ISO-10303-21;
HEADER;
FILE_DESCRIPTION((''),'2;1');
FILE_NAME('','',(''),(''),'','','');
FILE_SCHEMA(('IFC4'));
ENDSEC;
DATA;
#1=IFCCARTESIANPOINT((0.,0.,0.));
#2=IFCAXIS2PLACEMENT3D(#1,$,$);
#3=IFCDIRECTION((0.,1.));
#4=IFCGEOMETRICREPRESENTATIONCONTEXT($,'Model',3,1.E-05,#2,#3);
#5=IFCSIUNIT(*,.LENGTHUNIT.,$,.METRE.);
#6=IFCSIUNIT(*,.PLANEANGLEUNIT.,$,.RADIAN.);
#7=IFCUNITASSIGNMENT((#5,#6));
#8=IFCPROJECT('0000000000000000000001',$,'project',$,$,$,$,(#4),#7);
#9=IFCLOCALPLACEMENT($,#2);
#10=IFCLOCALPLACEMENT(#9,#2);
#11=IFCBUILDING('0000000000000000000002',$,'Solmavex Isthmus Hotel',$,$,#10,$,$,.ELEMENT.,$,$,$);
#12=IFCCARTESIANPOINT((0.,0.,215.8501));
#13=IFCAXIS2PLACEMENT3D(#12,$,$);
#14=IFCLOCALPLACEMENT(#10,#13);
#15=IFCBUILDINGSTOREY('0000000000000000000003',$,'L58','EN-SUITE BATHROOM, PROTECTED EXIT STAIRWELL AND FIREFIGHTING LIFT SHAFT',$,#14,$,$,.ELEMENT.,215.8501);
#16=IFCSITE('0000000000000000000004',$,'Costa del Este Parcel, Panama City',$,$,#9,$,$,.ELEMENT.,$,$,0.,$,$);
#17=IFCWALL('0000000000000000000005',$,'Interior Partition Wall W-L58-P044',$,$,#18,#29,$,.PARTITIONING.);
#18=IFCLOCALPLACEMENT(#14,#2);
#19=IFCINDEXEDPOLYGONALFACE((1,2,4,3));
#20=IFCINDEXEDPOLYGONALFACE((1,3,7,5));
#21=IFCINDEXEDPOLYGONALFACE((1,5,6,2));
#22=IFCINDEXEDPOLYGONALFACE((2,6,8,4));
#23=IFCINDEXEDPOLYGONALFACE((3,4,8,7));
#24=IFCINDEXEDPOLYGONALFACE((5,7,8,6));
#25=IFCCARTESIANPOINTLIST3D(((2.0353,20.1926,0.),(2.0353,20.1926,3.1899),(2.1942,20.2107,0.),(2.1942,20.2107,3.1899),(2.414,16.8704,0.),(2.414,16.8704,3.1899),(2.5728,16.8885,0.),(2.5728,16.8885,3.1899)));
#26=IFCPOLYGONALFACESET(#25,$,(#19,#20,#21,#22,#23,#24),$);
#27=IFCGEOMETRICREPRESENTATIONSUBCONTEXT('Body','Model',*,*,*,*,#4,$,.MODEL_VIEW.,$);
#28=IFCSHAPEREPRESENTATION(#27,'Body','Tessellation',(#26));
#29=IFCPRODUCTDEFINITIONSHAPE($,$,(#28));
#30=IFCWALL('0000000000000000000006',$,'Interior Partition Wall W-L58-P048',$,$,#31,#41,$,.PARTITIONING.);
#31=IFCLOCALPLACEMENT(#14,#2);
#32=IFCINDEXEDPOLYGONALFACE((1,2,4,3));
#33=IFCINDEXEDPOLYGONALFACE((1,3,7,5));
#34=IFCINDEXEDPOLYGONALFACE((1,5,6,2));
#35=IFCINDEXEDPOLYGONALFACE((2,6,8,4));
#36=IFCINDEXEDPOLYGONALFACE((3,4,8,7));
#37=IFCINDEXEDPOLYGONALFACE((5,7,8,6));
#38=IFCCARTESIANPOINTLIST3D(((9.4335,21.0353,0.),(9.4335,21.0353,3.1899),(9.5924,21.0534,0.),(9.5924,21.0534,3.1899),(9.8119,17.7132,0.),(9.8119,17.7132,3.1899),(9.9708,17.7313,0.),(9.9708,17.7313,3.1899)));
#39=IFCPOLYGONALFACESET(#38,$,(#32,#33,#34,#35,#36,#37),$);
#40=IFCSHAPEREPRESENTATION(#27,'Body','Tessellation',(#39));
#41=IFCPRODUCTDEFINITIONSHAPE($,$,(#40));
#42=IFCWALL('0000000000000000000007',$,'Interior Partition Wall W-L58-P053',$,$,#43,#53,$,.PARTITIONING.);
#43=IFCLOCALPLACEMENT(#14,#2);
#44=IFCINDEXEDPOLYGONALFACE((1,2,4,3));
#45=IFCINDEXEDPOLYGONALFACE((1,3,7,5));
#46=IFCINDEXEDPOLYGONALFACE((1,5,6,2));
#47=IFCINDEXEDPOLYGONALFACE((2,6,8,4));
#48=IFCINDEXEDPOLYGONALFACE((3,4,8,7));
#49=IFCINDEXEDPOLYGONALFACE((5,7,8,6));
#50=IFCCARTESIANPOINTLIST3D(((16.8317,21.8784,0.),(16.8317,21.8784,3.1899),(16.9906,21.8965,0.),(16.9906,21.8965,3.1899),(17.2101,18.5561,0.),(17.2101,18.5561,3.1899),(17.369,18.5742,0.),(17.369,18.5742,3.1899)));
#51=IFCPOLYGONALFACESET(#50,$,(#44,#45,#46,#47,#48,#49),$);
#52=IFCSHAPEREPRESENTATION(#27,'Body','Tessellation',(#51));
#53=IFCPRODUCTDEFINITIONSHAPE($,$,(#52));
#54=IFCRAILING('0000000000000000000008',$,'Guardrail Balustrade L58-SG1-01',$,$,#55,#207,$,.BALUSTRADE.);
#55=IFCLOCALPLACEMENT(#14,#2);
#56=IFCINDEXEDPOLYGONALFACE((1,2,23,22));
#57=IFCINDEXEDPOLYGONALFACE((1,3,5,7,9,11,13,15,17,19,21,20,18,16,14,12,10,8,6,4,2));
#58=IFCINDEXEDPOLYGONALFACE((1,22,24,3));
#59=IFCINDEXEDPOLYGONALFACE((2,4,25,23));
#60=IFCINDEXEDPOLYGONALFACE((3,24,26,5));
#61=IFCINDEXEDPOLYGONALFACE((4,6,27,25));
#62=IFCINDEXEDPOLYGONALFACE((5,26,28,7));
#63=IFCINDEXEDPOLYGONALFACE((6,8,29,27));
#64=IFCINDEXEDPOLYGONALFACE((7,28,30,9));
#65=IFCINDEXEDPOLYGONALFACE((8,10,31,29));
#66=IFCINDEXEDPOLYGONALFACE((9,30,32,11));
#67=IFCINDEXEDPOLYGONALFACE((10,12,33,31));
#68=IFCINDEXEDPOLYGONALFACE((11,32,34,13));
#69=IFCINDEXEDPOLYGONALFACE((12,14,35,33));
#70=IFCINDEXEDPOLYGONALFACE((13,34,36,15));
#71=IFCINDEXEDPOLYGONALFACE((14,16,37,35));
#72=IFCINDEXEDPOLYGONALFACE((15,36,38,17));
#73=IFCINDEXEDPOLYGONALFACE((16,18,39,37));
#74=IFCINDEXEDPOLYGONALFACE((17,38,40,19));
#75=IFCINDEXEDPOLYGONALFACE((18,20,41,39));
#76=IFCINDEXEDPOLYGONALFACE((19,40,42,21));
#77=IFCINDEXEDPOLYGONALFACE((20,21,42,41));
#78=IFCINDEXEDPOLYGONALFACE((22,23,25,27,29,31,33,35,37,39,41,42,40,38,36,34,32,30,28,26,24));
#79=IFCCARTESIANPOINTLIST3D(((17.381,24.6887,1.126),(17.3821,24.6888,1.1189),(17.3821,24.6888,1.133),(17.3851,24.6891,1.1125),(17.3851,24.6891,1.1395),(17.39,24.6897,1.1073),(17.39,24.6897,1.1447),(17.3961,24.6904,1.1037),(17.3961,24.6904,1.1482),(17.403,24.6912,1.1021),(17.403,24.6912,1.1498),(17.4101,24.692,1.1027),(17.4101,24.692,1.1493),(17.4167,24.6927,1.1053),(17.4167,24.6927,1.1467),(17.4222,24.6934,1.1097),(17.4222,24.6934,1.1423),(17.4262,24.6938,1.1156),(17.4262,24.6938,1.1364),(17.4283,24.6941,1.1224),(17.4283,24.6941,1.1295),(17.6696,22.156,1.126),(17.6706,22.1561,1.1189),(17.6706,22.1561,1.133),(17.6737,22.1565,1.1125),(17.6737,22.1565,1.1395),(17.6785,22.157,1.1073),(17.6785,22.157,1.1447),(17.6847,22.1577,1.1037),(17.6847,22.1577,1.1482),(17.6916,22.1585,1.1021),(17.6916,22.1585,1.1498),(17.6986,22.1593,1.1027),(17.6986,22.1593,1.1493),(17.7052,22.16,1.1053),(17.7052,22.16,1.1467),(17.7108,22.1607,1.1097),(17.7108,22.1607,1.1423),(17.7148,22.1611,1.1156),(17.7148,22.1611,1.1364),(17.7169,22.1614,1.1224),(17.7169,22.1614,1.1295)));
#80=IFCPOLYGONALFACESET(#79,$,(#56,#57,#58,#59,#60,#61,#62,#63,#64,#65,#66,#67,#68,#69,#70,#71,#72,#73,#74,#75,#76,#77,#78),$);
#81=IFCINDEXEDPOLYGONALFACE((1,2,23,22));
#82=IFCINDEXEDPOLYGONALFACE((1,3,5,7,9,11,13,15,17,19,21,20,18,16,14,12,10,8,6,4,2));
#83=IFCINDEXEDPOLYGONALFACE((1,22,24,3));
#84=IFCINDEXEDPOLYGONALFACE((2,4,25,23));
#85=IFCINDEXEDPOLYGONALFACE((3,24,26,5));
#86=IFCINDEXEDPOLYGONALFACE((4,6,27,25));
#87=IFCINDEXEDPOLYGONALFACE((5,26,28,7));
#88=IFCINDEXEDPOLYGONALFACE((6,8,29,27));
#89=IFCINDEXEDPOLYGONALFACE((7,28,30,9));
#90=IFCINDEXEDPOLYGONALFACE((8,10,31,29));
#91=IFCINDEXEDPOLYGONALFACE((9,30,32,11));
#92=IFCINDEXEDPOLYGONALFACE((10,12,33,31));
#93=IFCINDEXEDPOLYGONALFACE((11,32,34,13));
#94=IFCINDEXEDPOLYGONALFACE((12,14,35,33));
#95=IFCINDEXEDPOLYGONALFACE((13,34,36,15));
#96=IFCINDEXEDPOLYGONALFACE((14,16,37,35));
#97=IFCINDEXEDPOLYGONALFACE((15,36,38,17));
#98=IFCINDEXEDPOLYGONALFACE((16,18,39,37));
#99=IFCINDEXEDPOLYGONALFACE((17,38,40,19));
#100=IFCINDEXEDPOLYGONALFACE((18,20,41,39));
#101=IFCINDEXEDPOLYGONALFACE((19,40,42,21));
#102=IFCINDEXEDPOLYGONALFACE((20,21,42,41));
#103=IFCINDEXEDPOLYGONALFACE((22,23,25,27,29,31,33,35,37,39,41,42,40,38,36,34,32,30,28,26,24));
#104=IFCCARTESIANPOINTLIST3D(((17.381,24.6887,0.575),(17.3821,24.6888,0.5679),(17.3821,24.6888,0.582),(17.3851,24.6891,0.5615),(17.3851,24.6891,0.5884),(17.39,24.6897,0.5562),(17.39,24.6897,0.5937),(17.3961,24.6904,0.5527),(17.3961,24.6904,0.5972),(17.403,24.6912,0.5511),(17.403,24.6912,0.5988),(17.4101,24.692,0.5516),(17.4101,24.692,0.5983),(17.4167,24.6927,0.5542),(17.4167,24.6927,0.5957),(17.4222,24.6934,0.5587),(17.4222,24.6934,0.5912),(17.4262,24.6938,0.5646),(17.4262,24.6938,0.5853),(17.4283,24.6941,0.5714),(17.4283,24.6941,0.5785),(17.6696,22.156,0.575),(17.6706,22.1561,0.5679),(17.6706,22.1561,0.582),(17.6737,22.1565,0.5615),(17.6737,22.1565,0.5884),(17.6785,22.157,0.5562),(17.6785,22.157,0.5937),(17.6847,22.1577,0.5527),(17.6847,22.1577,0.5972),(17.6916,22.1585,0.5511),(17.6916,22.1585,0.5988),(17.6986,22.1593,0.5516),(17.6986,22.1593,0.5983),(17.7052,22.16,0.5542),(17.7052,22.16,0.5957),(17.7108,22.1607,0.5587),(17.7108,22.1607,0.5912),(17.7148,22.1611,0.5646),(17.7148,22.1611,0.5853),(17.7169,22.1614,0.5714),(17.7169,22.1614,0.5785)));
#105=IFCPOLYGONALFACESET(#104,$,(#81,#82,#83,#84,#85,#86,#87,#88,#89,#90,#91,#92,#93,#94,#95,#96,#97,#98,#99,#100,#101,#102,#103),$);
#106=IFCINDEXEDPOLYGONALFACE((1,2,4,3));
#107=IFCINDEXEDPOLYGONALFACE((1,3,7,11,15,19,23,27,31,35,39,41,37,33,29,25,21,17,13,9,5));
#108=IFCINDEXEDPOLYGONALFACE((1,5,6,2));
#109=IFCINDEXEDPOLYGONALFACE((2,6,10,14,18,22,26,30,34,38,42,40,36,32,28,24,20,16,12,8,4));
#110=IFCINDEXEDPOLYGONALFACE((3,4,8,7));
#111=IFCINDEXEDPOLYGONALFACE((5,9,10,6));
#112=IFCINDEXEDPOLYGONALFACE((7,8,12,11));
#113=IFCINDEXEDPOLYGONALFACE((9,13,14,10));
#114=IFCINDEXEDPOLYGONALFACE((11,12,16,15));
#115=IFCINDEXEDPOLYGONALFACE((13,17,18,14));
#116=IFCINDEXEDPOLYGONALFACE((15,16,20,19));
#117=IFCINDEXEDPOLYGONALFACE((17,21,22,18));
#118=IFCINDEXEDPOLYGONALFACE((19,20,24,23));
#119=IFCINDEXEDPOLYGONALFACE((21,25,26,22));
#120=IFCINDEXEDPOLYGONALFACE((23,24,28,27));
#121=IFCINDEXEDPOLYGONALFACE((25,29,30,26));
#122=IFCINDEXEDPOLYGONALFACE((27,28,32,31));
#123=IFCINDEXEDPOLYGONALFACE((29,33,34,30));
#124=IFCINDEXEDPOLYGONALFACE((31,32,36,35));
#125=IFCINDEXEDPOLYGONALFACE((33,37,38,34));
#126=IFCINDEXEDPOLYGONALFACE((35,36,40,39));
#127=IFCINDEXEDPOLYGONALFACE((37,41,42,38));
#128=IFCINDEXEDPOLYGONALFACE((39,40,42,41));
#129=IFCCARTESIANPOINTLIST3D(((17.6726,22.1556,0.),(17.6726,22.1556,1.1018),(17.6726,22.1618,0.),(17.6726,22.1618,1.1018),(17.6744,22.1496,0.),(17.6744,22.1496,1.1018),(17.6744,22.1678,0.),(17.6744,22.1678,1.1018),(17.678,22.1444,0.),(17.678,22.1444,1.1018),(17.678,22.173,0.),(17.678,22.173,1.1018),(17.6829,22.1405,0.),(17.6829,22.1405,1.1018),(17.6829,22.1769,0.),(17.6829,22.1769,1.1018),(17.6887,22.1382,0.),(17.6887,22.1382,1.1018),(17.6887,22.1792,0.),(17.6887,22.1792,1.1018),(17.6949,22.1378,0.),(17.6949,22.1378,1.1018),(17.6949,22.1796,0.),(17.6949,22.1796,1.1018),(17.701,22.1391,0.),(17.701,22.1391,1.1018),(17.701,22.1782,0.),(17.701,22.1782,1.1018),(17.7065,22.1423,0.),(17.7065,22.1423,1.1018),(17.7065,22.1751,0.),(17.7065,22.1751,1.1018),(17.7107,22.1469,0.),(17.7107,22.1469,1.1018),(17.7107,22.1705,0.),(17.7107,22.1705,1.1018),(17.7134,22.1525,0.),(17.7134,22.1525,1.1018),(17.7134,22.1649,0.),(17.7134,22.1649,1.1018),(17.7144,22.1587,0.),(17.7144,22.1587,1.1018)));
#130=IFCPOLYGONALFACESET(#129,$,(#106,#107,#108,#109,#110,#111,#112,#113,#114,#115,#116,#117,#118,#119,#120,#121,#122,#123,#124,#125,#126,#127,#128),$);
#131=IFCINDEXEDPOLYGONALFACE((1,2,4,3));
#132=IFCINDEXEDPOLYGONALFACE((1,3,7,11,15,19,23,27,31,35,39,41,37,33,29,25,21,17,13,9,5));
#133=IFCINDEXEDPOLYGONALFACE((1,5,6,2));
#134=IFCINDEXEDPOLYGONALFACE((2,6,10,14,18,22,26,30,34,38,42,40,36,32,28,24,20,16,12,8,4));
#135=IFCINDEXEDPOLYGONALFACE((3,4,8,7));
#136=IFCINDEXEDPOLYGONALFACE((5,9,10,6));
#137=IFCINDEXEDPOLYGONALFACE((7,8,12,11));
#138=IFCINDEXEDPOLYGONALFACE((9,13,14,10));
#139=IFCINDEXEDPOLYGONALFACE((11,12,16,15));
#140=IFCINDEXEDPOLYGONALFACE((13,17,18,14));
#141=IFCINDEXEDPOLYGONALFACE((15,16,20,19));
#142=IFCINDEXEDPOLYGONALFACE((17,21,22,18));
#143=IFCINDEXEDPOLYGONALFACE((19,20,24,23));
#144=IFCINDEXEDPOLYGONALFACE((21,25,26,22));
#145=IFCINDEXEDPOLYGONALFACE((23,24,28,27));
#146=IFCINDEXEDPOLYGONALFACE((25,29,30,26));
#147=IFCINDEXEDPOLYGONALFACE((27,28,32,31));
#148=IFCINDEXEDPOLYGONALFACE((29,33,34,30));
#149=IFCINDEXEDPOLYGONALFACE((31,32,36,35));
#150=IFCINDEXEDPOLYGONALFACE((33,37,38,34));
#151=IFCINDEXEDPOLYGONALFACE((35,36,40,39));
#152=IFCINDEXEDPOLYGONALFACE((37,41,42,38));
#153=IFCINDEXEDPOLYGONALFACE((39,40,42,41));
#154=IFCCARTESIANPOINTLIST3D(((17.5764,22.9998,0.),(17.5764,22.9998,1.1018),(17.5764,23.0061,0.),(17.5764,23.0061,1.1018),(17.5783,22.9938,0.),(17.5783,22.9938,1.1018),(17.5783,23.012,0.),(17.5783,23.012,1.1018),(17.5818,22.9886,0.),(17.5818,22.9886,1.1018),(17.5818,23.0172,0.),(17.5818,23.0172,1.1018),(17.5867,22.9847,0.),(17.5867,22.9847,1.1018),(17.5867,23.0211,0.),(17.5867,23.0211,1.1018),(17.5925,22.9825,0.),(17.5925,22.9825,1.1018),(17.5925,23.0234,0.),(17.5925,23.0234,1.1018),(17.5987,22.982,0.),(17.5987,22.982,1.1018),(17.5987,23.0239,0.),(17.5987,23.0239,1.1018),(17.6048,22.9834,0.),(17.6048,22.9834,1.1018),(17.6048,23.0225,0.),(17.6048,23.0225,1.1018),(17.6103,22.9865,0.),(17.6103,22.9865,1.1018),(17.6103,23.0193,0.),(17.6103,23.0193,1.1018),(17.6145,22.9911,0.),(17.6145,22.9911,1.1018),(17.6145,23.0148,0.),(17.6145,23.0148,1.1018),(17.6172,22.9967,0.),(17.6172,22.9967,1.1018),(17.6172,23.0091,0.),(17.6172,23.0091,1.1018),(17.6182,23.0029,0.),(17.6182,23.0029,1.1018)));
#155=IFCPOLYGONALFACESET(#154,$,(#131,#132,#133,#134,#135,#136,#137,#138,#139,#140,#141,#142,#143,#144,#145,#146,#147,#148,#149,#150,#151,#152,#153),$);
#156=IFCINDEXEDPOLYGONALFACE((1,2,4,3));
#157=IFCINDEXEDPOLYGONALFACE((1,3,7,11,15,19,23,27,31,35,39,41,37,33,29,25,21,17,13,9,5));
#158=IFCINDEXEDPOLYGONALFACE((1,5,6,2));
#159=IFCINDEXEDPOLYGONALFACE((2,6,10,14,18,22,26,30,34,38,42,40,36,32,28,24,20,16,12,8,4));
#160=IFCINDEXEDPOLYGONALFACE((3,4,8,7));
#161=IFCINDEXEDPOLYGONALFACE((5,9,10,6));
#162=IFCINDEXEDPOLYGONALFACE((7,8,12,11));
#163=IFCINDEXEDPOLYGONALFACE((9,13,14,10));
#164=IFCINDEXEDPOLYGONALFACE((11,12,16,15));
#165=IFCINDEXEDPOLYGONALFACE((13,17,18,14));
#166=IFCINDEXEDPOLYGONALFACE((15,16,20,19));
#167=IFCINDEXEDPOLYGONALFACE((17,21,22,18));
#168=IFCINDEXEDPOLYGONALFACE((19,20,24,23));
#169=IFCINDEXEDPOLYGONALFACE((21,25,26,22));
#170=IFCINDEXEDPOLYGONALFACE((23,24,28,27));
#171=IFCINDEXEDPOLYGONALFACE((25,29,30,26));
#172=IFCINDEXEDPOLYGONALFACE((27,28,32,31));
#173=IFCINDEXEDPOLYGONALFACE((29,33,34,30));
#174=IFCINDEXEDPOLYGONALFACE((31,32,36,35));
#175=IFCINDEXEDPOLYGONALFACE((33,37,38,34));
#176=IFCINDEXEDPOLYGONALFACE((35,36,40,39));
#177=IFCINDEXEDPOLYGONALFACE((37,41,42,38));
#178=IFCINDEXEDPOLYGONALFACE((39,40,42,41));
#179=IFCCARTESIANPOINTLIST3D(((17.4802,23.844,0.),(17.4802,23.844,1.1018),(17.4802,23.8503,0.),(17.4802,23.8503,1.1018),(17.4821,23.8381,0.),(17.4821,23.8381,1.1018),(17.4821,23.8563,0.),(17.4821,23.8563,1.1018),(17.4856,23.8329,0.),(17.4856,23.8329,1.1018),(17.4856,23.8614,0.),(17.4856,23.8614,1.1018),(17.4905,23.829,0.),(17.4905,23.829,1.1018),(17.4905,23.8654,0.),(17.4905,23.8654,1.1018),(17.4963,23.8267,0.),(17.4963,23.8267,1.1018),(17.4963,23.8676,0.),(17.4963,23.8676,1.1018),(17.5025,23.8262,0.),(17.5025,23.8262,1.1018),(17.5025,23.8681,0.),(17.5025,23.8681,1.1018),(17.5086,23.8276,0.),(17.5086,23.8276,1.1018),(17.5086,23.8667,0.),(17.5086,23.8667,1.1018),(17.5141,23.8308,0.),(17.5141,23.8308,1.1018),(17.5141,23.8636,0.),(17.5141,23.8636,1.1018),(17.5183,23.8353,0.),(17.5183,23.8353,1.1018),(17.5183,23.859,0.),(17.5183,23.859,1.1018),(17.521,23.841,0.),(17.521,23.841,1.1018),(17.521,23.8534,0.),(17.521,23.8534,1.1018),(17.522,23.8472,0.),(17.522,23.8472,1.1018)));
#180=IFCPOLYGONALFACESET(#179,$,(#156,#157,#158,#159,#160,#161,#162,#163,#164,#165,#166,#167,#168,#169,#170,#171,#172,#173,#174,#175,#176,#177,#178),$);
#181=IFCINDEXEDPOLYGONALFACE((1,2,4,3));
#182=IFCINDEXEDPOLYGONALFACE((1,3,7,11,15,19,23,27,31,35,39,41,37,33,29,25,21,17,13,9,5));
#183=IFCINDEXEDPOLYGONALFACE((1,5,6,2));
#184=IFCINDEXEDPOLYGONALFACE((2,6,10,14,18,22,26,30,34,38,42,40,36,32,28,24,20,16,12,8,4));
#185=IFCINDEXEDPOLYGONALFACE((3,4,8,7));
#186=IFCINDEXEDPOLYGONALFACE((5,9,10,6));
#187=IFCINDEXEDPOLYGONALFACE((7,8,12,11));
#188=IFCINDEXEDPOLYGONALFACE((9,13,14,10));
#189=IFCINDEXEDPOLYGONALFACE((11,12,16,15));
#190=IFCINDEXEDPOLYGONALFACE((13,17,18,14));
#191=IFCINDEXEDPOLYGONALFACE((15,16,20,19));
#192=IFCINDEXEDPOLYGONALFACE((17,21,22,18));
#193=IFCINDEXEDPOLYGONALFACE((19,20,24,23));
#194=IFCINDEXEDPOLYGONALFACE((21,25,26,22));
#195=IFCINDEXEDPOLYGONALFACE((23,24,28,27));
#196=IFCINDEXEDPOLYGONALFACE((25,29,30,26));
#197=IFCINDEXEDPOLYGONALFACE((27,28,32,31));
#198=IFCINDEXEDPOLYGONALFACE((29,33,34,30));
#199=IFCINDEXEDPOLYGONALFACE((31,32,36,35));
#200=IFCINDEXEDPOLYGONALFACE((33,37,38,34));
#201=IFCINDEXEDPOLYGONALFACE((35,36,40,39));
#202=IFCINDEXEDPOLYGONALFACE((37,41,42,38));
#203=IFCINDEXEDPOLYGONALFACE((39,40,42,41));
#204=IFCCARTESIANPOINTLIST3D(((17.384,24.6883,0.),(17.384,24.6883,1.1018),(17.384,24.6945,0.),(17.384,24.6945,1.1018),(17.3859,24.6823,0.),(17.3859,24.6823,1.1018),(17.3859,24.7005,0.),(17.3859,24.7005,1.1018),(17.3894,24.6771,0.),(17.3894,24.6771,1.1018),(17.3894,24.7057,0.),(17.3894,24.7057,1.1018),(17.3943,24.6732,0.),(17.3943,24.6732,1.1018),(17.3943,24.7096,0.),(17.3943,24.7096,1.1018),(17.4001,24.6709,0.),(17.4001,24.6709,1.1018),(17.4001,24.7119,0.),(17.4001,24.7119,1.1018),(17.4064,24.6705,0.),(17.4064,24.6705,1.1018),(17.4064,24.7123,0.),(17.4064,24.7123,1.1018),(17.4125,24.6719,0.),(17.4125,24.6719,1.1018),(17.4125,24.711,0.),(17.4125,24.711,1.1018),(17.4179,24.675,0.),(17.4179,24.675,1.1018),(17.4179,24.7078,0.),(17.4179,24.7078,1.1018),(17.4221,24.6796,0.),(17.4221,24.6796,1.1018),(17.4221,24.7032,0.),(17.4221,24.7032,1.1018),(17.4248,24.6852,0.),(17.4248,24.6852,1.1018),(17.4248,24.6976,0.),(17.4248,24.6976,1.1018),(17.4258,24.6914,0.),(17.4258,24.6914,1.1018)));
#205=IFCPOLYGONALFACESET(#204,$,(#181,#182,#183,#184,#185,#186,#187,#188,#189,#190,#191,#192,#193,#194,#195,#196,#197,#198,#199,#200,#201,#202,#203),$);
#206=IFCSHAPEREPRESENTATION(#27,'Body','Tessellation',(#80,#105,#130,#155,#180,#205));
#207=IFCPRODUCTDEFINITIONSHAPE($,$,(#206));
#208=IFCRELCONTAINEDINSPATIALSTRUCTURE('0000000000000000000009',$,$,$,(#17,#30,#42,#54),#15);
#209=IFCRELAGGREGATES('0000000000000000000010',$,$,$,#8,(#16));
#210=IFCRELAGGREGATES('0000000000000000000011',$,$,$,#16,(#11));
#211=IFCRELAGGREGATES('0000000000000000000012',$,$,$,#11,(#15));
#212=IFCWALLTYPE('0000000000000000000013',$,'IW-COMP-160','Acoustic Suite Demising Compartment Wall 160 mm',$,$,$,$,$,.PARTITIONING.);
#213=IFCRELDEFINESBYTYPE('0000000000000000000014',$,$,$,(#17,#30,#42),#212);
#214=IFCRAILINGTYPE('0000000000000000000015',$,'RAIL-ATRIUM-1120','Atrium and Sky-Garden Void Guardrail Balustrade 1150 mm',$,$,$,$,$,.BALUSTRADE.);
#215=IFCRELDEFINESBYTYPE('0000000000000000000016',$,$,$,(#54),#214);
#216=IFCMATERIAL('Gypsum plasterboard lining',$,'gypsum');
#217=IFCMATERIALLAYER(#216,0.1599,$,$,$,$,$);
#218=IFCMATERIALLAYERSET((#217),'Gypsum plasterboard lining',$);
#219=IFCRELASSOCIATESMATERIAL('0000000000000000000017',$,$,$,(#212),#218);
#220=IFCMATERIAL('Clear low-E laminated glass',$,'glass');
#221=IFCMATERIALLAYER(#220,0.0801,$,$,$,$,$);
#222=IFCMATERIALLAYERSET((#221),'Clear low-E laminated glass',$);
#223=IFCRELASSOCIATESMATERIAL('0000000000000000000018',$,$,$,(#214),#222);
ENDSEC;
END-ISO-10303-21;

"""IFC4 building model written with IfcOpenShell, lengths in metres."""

from ifc_helpers import new_model, si_unit, direction, frame, frame_2d, origin, origin_2d, place, context, subcontext, project, spatial, rectangle, circle, extrude, material, layer, layer_set, type_object, element, save


model = new_model("IFC4")

# Units and contexts
model_context = context("Model", 3, precision=1e-05, world=origin(), true_north=direction((0.0, 1.0)))
body_context = subcontext(model_context, "Body", "Model", "MODEL_VIEW")
ifc_project = project(units=[si_unit("LENGTHUNIT", "METRE"), si_unit("PLANEANGLEUNIT", "RADIAN")], contexts=[model_context])

# Site, building, storey
site_placement = place(None, origin())
site = spatial("IfcSite", under=ifc_project, at=site_placement, Name="Costa del Este Parcel, Panama City", CompositionType="ELEMENT", RefElevation=0.0)
building_placement = place(site_placement, origin())
building = spatial("IfcBuilding", under=site, at=building_placement, Name="Solmavex Isthmus Hotel", CompositionType="ELEMENT")
storey_placement = place(building_placement, frame((0.0, 0.0, 215.8501)))
storey = spatial("IfcBuildingStorey", under=building, at=storey_placement, Name="L58", Description="EN-SUITE BATHROOM, PROTECTED EXIT STAIRWELL AND FIREFIGHTING LIFT SHAFT", CompositionType="ELEMENT", Elevation=215.8501)

# Shared definitions
ifc_material_1 = material(Name="Clear low-E laminated glass", Category="glass")

# Walls
ifc_material_2 = material(Name="Gypsum plasterboard lining", Category="gypsum")
ifc_layer_1 = layer(ifc_material_2, 0.1599)
ifc_layer_set_1 = layer_set([ifc_layer_1], Name="Gypsum plasterboard lining")
wall_type_1 = type_object("IfcWallType", Name="IW-COMP-160", Description="Acoustic Suite Demising Compartment Wall 160 mm", PredefinedType="PARTITIONING", material=ifc_layer_set_1)
wall_1_placement = place(storey_placement, frame((2.1147, 20.2017, 0.0), z_axis=(0.0, 0.0, 1.0), x_axis=(0.113244, -0.993567, 0.0)))
element("IfcWall", 1, at=wall_1_placement, inside=storey, type_object=wall_type_1, Name="Interior Partition Wall W-L58-P044", PredefinedType="PARTITIONING", context=body_context, shape_type="SweptSolid", body=[
    extrude(rectangle(XDim=3.3438, YDim=0.1599, at=frame_2d((1.6719, 0.0))), origin(), (0.0, 0.0, 1.0), 3.1899),
])
wall_2_placement = place(storey_placement, frame((9.5129, 21.0444, 0.0), z_axis=(0.0, 0.0, 1.0), x_axis=(0.11318, -0.993574, 0.0)))
element("IfcWall", 2, at=wall_2_placement, inside=storey, type_object=wall_type_1, Name="Interior Partition Wall W-L58-P048", PredefinedType="PARTITIONING", context=body_context, shape_type="SweptSolid", body=[
    extrude(rectangle(XDim=3.3435, YDim=0.1599, at=frame_2d((1.6719, 0.0))), origin(), (0.0, 0.0, 1.0), 3.1899),
])
wall_3_placement = place(storey_placement, frame((16.9111, 21.8875, 0.0), z_axis=(0.0, 0.0, 1.0), x_axis=(0.113172, -0.993575, 0.0)))
element("IfcWall", 3, at=wall_3_placement, inside=storey, type_object=wall_type_1, Name="Interior Partition Wall W-L58-P053", PredefinedType="PARTITIONING", context=body_context, shape_type="SweptSolid", body=[
    extrude(rectangle(XDim=3.3438, YDim=0.1599, at=frame_2d((1.6719, 0.0))), origin(), (0.0, 0.0, 1.0), 3.1899),
])

# Railing
ifc_layer_2 = layer(ifc_material_1, 0.0801)
ifc_layer_set_2 = layer_set([ifc_layer_2], Name="Clear low-E laminated glass")
railing_type_1 = type_object("IfcRailingType", Name="RAIL-ATRIUM-1120", Description="Atrium and Sky-Garden Void Guardrail Balustrade 1150 mm", PredefinedType="BALUSTRADE", material=ifc_layer_set_2)
railing_1_placement = place(storey_placement, frame((17.6934, 22.1587, 0.0)))
element("IfcRailing", 4, at=railing_1_placement, inside=storey, type_object=railing_type_1, Name="Guardrail Balustrade L58-SG1-01", PredefinedType="BALUSTRADE", context=body_context, shape_type="SweptSolid", body=[
    extrude(circle(Radius=0.0239, at=origin_2d()), frame((0.0, 0.0, 1.126), z_axis=(-0.113206, 0.993572, 0.0), x_axis=(-0.993572, -0.113206, 0.0)), (0.0, 0.0, 1.0), 2.5491),
    extrude(circle(Radius=0.0239, at=origin_2d()), frame((0.0, 0.0, 0.575), z_axis=(-0.113206, 0.993572, 0.0), x_axis=(-0.993572, -0.113206, 0.0)), (0.0, 0.0, 1.0), 2.5491),
    extrude(circle(Radius=0.021, at=origin_2d()), origin(), (0.0, 0.0, 1.0), 1.1018),
    extrude(circle(Radius=0.021, at=origin_2d()), frame((-0.0962, 0.8442, 0.0)), (0.0, 0.0, 1.0), 1.1018),
    extrude(circle(Radius=0.021, at=origin_2d()), frame((-0.1924, 1.6885, 0.0)), (0.0, 0.0, 1.0), 1.1018),
    extrude(circle(Radius=0.021, at=origin_2d()), frame((-0.2886, 2.5327, 0.0)), (0.0, 0.0, 1.0), 1.1018),
])

save(model, "model.ifc")
